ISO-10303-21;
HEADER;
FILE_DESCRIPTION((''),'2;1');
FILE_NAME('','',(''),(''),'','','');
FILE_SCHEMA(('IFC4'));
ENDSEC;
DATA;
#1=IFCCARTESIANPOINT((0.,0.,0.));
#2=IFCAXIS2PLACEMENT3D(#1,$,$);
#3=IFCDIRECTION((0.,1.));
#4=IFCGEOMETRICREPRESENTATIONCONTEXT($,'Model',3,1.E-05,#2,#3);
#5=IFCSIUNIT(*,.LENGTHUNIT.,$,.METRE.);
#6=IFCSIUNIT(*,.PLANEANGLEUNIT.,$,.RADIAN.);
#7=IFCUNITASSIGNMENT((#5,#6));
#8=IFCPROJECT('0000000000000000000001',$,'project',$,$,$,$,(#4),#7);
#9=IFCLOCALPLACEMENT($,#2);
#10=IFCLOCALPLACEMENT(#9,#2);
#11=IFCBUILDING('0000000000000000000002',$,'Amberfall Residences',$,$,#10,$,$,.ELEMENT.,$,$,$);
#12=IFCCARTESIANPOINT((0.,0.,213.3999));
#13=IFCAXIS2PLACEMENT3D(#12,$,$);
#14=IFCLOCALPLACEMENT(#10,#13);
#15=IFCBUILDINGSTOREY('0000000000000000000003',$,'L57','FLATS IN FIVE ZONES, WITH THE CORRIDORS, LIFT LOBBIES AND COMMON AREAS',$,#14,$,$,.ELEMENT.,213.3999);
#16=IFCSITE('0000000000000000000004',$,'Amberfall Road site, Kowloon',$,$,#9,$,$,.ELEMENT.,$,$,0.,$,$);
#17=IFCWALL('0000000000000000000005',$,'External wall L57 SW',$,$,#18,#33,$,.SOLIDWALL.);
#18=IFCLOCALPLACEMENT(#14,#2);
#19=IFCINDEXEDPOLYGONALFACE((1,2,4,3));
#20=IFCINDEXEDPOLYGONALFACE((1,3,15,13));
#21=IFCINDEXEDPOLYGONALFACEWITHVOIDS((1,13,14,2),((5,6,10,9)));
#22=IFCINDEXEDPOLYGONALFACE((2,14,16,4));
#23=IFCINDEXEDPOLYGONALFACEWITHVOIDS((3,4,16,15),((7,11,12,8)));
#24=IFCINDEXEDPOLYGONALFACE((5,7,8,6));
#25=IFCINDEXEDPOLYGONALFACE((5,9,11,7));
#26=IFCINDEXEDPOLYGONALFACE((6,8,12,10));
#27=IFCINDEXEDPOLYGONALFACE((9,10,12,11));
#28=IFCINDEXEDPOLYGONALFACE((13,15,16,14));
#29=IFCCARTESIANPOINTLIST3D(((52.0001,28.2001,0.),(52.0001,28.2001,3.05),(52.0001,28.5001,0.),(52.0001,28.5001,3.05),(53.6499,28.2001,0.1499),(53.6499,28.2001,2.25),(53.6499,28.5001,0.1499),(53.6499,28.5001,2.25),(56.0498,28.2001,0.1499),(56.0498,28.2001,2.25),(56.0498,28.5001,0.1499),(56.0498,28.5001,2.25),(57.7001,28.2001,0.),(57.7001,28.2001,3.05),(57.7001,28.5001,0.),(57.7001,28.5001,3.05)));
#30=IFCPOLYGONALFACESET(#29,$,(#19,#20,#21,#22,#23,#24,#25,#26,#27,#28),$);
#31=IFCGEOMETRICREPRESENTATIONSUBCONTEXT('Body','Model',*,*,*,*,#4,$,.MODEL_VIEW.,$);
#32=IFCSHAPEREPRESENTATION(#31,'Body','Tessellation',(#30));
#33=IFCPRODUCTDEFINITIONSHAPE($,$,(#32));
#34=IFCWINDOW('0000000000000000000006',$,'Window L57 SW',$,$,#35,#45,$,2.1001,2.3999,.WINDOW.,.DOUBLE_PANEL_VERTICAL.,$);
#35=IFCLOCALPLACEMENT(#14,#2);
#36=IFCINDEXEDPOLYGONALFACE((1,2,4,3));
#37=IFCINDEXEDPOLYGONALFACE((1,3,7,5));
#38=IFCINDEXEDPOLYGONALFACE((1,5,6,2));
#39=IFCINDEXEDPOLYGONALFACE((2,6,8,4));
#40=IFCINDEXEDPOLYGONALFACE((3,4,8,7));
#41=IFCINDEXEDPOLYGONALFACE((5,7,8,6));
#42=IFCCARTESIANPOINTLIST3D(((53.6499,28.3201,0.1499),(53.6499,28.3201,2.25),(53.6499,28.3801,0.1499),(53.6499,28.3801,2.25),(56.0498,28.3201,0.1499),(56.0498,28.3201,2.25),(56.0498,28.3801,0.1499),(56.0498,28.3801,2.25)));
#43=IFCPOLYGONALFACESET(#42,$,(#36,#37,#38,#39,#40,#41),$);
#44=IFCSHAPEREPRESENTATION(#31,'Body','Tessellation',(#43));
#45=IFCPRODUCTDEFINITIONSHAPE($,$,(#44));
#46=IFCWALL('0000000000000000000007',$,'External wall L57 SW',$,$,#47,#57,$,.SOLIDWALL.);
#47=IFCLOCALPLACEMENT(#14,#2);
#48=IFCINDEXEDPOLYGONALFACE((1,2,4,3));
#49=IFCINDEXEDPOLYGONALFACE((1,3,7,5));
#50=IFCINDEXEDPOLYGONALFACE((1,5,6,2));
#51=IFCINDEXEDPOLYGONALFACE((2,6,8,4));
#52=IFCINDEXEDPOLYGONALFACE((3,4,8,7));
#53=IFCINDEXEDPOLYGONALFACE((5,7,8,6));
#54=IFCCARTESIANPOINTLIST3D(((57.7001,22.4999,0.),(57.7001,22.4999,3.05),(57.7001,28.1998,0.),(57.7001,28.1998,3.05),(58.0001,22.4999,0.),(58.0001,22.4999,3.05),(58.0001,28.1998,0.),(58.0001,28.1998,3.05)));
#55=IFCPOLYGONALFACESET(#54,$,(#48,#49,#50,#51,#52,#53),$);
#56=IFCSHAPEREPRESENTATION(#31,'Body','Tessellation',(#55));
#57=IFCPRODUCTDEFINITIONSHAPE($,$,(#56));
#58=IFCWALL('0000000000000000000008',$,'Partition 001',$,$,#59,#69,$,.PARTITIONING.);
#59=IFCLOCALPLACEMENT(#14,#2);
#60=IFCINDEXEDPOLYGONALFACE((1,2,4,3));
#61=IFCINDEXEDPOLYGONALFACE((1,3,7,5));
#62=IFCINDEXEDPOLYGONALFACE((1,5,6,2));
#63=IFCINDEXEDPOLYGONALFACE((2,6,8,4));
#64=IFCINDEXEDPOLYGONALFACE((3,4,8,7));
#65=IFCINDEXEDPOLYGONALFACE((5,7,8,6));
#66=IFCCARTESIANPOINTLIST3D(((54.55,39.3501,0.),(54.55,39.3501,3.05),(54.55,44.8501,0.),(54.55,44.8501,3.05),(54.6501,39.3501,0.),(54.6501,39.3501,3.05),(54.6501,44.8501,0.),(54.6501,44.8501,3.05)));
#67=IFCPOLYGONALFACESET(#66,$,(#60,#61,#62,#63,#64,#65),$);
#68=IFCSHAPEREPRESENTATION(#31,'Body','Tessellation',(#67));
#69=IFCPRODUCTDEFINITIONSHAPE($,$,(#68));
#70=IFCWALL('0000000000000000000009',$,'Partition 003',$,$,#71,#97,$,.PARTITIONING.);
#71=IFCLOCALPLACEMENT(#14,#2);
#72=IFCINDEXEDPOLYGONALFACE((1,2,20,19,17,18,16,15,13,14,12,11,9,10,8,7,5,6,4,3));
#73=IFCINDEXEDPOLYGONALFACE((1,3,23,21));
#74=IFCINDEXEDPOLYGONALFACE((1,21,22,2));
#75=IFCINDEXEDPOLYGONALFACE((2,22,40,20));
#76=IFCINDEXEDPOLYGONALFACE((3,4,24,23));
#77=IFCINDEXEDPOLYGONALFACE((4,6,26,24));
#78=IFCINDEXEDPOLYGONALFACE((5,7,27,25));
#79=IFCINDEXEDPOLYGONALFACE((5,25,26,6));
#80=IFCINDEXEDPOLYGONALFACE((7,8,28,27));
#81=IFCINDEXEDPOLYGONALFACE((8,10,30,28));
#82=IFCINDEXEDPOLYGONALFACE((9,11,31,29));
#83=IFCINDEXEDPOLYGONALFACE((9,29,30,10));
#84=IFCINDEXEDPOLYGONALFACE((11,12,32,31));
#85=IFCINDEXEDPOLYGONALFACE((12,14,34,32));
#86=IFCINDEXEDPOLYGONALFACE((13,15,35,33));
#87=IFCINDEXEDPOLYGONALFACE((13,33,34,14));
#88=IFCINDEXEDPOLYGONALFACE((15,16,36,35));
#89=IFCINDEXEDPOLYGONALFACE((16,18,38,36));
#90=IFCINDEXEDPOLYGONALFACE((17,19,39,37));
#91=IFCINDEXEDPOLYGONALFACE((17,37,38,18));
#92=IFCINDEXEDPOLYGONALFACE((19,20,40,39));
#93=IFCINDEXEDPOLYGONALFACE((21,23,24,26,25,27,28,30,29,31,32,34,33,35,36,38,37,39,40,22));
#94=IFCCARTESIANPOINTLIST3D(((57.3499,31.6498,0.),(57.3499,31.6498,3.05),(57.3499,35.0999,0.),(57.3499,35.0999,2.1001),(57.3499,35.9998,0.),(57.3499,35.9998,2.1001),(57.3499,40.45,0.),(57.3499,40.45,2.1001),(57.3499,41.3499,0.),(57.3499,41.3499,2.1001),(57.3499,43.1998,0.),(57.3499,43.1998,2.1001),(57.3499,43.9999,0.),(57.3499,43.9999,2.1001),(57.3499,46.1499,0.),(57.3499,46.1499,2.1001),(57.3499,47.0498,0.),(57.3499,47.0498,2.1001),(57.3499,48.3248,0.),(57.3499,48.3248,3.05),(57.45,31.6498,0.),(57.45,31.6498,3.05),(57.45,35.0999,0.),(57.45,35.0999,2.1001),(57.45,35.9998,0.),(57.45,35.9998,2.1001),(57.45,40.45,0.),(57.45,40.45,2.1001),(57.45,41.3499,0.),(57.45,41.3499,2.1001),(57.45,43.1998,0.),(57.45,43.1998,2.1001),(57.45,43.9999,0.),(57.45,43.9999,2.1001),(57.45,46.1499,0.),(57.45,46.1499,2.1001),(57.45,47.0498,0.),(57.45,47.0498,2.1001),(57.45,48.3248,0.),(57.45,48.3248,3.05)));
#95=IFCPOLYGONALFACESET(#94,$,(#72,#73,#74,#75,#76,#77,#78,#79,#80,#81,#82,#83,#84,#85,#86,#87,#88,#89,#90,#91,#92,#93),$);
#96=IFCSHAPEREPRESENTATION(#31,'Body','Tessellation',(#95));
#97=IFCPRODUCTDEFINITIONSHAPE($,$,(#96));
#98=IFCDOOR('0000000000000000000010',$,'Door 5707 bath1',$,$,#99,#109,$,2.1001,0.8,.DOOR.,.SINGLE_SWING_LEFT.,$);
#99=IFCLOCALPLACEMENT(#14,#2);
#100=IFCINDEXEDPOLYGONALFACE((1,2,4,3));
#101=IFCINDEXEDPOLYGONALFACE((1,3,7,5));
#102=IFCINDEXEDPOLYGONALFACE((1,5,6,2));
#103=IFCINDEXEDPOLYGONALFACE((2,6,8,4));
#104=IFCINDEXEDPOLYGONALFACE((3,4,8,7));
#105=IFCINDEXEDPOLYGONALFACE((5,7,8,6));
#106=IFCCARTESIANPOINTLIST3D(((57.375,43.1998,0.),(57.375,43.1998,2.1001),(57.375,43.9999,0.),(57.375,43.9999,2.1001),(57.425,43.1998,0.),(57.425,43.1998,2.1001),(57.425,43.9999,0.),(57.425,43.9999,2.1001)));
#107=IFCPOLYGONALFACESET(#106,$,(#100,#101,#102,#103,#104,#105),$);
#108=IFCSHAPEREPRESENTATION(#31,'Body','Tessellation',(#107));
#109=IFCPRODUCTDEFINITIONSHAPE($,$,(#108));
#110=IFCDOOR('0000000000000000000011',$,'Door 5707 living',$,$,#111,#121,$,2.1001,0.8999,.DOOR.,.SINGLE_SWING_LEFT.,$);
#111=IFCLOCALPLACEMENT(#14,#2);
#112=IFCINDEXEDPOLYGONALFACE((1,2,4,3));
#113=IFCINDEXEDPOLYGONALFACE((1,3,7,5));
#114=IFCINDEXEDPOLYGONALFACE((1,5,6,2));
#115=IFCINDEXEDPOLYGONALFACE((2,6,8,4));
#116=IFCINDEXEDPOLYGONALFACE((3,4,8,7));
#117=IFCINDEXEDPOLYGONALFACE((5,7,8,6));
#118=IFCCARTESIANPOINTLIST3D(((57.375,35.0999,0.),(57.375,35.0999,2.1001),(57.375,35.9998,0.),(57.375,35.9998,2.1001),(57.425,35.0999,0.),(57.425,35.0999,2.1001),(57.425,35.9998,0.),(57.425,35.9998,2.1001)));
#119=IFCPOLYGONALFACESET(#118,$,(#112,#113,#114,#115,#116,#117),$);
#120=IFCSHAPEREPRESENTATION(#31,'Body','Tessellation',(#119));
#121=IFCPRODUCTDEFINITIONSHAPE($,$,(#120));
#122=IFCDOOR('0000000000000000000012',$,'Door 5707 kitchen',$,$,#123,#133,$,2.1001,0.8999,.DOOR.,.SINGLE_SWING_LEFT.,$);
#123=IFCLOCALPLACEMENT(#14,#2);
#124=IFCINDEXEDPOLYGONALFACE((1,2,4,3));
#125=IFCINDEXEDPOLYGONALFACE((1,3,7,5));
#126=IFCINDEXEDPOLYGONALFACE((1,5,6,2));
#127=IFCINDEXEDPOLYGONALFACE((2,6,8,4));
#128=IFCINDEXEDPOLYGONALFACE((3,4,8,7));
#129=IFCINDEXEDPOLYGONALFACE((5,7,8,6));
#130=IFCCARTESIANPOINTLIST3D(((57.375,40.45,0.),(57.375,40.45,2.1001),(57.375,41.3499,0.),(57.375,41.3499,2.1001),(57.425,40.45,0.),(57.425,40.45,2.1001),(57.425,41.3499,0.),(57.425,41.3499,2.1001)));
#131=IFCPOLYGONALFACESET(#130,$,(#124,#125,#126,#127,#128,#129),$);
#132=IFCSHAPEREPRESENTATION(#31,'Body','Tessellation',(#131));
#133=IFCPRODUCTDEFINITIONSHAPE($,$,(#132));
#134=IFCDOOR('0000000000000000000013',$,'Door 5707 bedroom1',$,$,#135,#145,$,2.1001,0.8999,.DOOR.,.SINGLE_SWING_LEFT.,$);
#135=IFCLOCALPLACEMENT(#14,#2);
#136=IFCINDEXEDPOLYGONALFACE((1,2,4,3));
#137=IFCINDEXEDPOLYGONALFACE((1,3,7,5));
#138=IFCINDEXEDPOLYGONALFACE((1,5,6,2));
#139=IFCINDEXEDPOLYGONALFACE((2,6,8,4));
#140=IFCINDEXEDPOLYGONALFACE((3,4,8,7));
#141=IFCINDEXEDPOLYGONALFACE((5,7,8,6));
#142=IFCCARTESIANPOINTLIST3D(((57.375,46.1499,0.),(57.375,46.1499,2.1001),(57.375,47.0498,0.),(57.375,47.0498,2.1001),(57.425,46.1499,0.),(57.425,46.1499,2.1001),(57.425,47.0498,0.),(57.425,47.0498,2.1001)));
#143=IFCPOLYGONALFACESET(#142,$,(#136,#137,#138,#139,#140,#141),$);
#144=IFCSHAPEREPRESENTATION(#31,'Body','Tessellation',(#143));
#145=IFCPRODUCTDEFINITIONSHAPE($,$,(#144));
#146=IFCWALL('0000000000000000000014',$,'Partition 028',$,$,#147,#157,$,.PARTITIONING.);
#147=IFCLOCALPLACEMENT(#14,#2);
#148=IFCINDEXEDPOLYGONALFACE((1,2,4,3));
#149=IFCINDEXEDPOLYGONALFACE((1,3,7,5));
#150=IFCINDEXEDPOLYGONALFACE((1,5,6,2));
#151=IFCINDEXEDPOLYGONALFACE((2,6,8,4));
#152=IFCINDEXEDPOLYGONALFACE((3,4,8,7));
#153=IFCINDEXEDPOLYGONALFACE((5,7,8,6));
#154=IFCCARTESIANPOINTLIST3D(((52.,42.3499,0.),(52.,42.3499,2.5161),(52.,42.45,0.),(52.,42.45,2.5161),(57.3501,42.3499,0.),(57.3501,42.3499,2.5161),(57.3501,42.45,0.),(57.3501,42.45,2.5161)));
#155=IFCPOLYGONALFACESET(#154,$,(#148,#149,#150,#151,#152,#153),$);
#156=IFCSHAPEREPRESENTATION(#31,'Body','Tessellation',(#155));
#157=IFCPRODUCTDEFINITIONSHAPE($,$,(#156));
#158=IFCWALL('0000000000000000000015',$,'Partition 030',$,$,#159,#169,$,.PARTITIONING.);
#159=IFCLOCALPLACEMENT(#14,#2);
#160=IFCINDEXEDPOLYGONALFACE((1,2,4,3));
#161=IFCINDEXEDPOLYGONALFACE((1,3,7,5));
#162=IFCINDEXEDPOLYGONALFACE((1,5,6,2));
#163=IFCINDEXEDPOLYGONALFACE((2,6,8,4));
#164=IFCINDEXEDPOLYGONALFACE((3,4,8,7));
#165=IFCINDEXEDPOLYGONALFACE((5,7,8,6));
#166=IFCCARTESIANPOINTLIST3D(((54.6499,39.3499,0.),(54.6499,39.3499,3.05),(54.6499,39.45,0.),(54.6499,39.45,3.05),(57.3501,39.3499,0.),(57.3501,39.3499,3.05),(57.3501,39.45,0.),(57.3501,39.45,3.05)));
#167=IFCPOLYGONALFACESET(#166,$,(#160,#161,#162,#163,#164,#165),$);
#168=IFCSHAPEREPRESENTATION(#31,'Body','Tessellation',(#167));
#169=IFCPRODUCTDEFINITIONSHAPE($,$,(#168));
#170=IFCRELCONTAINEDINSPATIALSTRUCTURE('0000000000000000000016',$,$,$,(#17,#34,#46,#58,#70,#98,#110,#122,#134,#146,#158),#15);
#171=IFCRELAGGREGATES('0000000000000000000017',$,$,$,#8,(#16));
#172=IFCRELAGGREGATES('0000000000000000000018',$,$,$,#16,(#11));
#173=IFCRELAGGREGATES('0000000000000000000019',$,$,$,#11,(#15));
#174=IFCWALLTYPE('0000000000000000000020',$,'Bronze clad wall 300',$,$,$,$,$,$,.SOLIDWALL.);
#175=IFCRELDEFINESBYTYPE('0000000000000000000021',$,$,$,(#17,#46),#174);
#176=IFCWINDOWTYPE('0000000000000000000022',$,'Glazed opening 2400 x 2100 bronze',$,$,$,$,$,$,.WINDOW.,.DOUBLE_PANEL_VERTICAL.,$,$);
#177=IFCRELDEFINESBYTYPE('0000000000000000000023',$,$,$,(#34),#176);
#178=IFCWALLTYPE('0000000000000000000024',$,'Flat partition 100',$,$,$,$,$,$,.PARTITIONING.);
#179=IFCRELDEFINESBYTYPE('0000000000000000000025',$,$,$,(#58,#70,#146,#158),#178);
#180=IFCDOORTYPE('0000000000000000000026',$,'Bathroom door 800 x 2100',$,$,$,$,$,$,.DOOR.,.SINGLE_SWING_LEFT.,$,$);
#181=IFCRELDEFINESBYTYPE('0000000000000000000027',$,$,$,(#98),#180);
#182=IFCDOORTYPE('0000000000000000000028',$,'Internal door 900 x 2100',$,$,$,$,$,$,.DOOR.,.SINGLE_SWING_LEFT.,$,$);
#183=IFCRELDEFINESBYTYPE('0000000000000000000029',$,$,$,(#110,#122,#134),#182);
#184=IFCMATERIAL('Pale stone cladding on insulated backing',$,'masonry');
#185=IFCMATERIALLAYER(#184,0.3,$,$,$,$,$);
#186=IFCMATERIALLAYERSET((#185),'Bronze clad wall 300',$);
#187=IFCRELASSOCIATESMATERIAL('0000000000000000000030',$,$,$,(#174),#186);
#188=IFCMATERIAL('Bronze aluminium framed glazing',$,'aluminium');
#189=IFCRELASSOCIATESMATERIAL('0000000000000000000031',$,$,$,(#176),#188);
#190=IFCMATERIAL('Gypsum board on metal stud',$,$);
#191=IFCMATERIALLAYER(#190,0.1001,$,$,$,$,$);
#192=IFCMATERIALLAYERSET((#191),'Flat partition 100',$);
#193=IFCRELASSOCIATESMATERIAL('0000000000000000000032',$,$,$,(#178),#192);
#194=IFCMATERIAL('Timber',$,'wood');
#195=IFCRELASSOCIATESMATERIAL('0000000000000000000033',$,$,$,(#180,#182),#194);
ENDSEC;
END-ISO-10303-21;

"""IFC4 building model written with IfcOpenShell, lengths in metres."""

from ifc_helpers import new_model, si_unit, direction, frame, frame_2d, origin, place, context, subcontext, project, spatial, rectangle, extrude, material, layer, layer_set, type_object, element, fill, save


model = new_model("IFC4")

# Units and contexts
model_context = context("Model", 3, precision=1e-05, world=origin(), true_north=direction((0.0, 1.0)))
body_context = subcontext(model_context, "Body", "Model", "MODEL_VIEW")
ifc_project = project(units=[si_unit("LENGTHUNIT", "METRE"), si_unit("PLANEANGLEUNIT", "RADIAN")], contexts=[model_context])

# Site, building, storey
site_placement = place(None, origin())
site = spatial("IfcSite", under=ifc_project, at=site_placement, Name="Amberfall Road site, Kowloon", CompositionType="ELEMENT", RefElevation=0.0)
building_placement = place(site_placement, origin())
building = spatial("IfcBuilding", under=site, at=building_placement, Name="Amberfall Residences", CompositionType="ELEMENT")
storey_placement = place(building_placement, frame((0.0, 0.0, 213.3999)))
storey = spatial("IfcBuildingStorey", under=building, at=storey_placement, Name="L57", Description="FLATS IN FIVE ZONES, WITH THE CORRIDORS, LIFT LOBBIES AND COMMON AREAS", CompositionType="ELEMENT", Elevation=213.3999)

# Wall, opening, window
ifc_material_1 = material(Name="Pale stone cladding on insulated backing", Category="masonry")
ifc_layer_1 = layer(ifc_material_1, 0.3)
ifc_layer_set_1 = layer_set([ifc_layer_1], Name="Bronze clad wall 300")
wall_type_1 = type_object("IfcWallType", Name="Bronze clad wall 300", PredefinedType="SOLIDWALL", material=ifc_layer_set_1)
wall_1_placement = place(storey_placement, frame((52.0, 28.3501, 0.0), z_axis=(0.0, 0.0, 1.0), x_axis=(1.0, 0.0, 0.0)))
wall_1 = element("IfcWall", 1, at=wall_1_placement, inside=storey, type_object=wall_type_1, Name="External wall L57 SW", PredefinedType="SOLIDWALL", context=body_context, shape_type="SweptSolid", body=[
    extrude(rectangle(XDim=5.7, YDim=0.3, at=frame_2d((2.8501, 0.0))), origin(), (0.0, 0.0, 1.0), 3.05),
])
opening_1_placement = place(wall_1_placement, frame((1.6499, 0.0, 0.1499)))
opening_1 = element("IfcOpeningElement", 2, at=opening_1_placement, cuts=wall_1, PredefinedType="OPENING", context=body_context, shape_type="SweptSolid", body=[
    extrude(rectangle(XDim=2.3999, YDim=2.1001, at=frame_2d((1.2, 1.05))), frame((0.0, 0.1599, 0.0), z_axis=(0.0, -1.0, 0.0), x_axis=(1.0, 0.0, 0.0)), (0.0, 0.0, 1.0), 0.3201),
])
ifc_material_2 = material(Name="Bronze aluminium framed glazing", Category="aluminium")
window_type = type_object("IfcWindowType", Name="Glazed opening 2400 x 2100 bronze", PartitioningType="DOUBLE_PANEL_VERTICAL", PredefinedType="WINDOW", material=ifc_material_2)
window_placement = place(opening_1_placement, origin())
window = element("IfcWindow", 3, at=window_placement, inside=storey, type_object=window_type, Name="Window L57 SW", OverallHeight=2.1001, OverallWidth=2.3999, PartitioningType="DOUBLE_PANEL_VERTICAL", PredefinedType="WINDOW", context=body_context, shape_type="SweptSolid", body=[
    extrude(rectangle(XDim=2.3999, YDim=2.1001, at=frame_2d((1.2, 1.05))), frame((0.0, 0.03, 0.0), z_axis=(0.0, -1.0, 0.0), x_axis=(1.0, 0.0, 0.0)), (0.0, 0.0, 1.0), 0.0601),
])
fill(opening_1, window)

# Walls
wall_2_placement = place(storey_placement, frame((57.8501, 28.2, 0.0), z_axis=(0.0, 0.0, 1.0), x_axis=(0.0, -1.0, 0.0)))
element("IfcWall", 4, at=wall_2_placement, inside=storey, type_object=wall_type_1, Name="External wall L57 SW", PredefinedType="SOLIDWALL", context=body_context, shape_type="SweptSolid", body=[
    extrude(rectangle(XDim=5.7, YDim=0.3, at=frame_2d((2.8501, 0.0))), origin(), (0.0, 0.0, 1.0), 3.05),
])
ifc_material_3 = material(Name="Gypsum board on metal stud")
ifc_layer_2 = layer(ifc_material_3, 0.1001)
ifc_layer_set_2 = layer_set([ifc_layer_2], Name="Flat partition 100")
wall_type_2 = type_object("IfcWallType", Name="Flat partition 100", PredefinedType="PARTITIONING", material=ifc_layer_set_2)
wall_3_placement = place(storey_placement, frame((54.6001, 39.3501, 0.0), z_axis=(0.0, 0.0, 1.0), x_axis=(0.0, 1.0, 0.0)))
element("IfcWall", 5, at=wall_3_placement, inside=storey, type_object=wall_type_2, Name="Partition 001", PredefinedType="PARTITIONING", context=body_context, shape_type="SweptSolid", body=[
    extrude(rectangle(XDim=5.5, YDim=0.1001, at=frame_2d((2.75, 0.0))), origin(), (0.0, 0.0, 1.0), 3.05),
])

# Wall, openings, doors
wall_4_placement = place(storey_placement, frame((57.3999, 31.6499, 0.0), z_axis=(0.0, 0.0, 1.0), x_axis=(0.0, 1.0, 0.0)))
wall_4 = element("IfcWall", 6, at=wall_4_placement, inside=storey, type_object=wall_type_2, Name="Partition 003", PredefinedType="PARTITIONING", context=body_context, shape_type="SweptSolid", body=[
    extrude(rectangle(XDim=16.675, YDim=0.1001, at=frame_2d((8.3374, 0.0))), origin(), (0.0, 0.0, 1.0), 3.05),
])
opening_2_placement = place(wall_4_placement, frame((3.45, 0.0, 0.0)))
opening_2 = element("IfcOpeningElement", 7, at=opening_2_placement, cuts=wall_4, PredefinedType="OPENING", context=body_context, shape_type="SweptSolid", body=[
    extrude(rectangle(XDim=0.8999, YDim=2.1001, at=frame_2d((0.45, 1.05))), frame((0.0, 0.0601, 0.0), z_axis=(0.0, -1.0, 0.0), x_axis=(1.0, 0.0, 0.0)), (0.0, 0.0, 1.0), 0.1201),
])
opening_3_placement = place(wall_4_placement, frame((8.8, 0.0, 0.0)))
opening_3 = element("IfcOpeningElement", 8, at=opening_3_placement, cuts=wall_4, PredefinedType="OPENING", context=body_context, shape_type="SweptSolid", body=[
    extrude(rectangle(XDim=0.8999, YDim=2.1001, at=frame_2d((0.45, 1.05))), frame((0.0, 0.0601, 0.0), z_axis=(0.0, -1.0, 0.0), x_axis=(1.0, 0.0, 0.0)), (0.0, 0.0, 1.0), 0.1201),
])
opening_4_placement = place(wall_4_placement, frame((14.5, 0.0, 0.0)))
opening_4 = element("IfcOpeningElement", 9, at=opening_4_placement, cuts=wall_4, PredefinedType="OPENING", context=body_context, shape_type="SweptSolid", body=[
    extrude(rectangle(XDim=0.8999, YDim=2.1001, at=frame_2d((0.45, 1.05))), frame((0.0, 0.0601, 0.0), z_axis=(0.0, -1.0, 0.0), x_axis=(1.0, 0.0, 0.0)), (0.0, 0.0, 1.0), 0.1201),
])
opening_5_placement = place(wall_4_placement, frame((11.55, 0.0, 0.0)))
opening_5 = element("IfcOpeningElement", 10, at=opening_5_placement, cuts=wall_4, PredefinedType="OPENING", context=body_context, shape_type="SweptSolid", body=[
    extrude(rectangle(XDim=0.8, YDim=2.1001, at=frame_2d((0.3999, 1.05))), frame((0.0, 0.0601, 0.0), z_axis=(0.0, -1.0, 0.0), x_axis=(1.0, 0.0, 0.0)), (0.0, 0.0, 1.0), 0.1201),
])
ifc_material_4 = material(Name="Timber", Category="wood")
door_type_1 = type_object("IfcDoorType", Name="Bathroom door 800 x 2100", OperationType="SINGLE_SWING_LEFT", PredefinedType="DOOR", material=ifc_material_4)
door_1_placement = place(opening_5_placement, origin())
door_1 = element("IfcDoor", 11, at=door_1_placement, inside=storey, type_object=door_type_1, Name="Door 5707 bath1", OperationType="SINGLE_SWING_LEFT", OverallHeight=2.1001, OverallWidth=0.8, PredefinedType="DOOR", context=body_context, shape_type="SweptSolid", body=[
    extrude(rectangle(XDim=0.8, YDim=2.1001, at=frame_2d((0.3999, 1.05))), frame((0.0, 0.0249, 0.0), z_axis=(0.0, -1.0, 0.0), x_axis=(1.0, 0.0, 0.0)), (0.0, 0.0, 1.0), 0.05),
])
fill(opening_5, door_1)
door_type_2 = type_object("IfcDoorType", Name="Internal door 900 x 2100", OperationType="SINGLE_SWING_LEFT", PredefinedType="DOOR", material=ifc_material_4)
door_2_placement = place(opening_2_placement, origin())
door_2 = element("IfcDoor", 12, at=door_2_placement, inside=storey, type_object=door_type_2, Name="Door 5707 living", OperationType="SINGLE_SWING_LEFT", OverallHeight=2.1001, OverallWidth=0.8999, PredefinedType="DOOR", context=body_context, shape_type="SweptSolid", body=[
    extrude(rectangle(XDim=0.8999, YDim=2.1001, at=frame_2d((0.45, 1.05))), frame((0.0, 0.0249, 0.0), z_axis=(0.0, -1.0, 0.0), x_axis=(1.0, 0.0, 0.0)), (0.0, 0.0, 1.0), 0.05),
])
fill(opening_2, door_2)
door_3_placement = place(opening_3_placement, origin())
door_3 = element("IfcDoor", 13, at=door_3_placement, inside=storey, type_object=door_type_2, Name="Door 5707 kitchen", OperationType="SINGLE_SWING_LEFT", OverallHeight=2.1001, OverallWidth=0.8999, PredefinedType="DOOR", context=body_context, shape_type="SweptSolid", body=[
    extrude(rectangle(XDim=0.8999, YDim=2.1001, at=frame_2d((0.45, 1.05))), frame((0.0, 0.0249, 0.0), z_axis=(0.0, -1.0, 0.0), x_axis=(1.0, 0.0, 0.0)), (0.0, 0.0, 1.0), 0.05),
])
fill(opening_3, door_3)
door_4_placement = place(opening_4_placement, origin())
door_4 = element("IfcDoor", 14, at=door_4_placement, inside=storey, type_object=door_type_2, Name="Door 5707 bedroom1", OperationType="SINGLE_SWING_LEFT", OverallHeight=2.1001, OverallWidth=0.8999, PredefinedType="DOOR", context=body_context, shape_type="SweptSolid", body=[
    extrude(rectangle(XDim=0.8999, YDim=2.1001, at=frame_2d((0.45, 1.05))), frame((0.0, 0.0249, 0.0), z_axis=(0.0, -1.0, 0.0), x_axis=(1.0, 0.0, 0.0)), (0.0, 0.0, 1.0), 0.05),
])
fill(opening_4, door_4)

# Walls
wall_5_placement = place(storey_placement, frame((52.0, 42.3999, 0.0), z_axis=(0.0, 0.0, 1.0), x_axis=(1.0, 0.0, 0.0)))
element("IfcWall", 15, at=wall_5_placement, inside=storey, type_object=wall_type_2, Name="Partition 028", PredefinedType="PARTITIONING", context=body_context, shape_type="SweptSolid", body=[
    extrude(rectangle(XDim=5.3501, YDim=0.1001, at=frame_2d((2.675, 0.0))), origin(), (0.0, 0.0, 1.0), 2.5161),
])
wall_6_placement = place(storey_placement, frame((54.6499, 39.3999, 0.0), z_axis=(0.0, 0.0, 1.0), x_axis=(1.0, 0.0, 0.0)))
element("IfcWall", 16, at=wall_6_placement, inside=storey, type_object=wall_type_2, Name="Partition 030", PredefinedType="PARTITIONING", context=body_context, shape_type="SweptSolid", body=[
    extrude(rectangle(XDim=2.7002, YDim=0.1001, at=frame_2d((1.3501, 0.0))), origin(), (0.0, 0.0, 1.0), 3.05),
])

save(model, "model.ifc")
